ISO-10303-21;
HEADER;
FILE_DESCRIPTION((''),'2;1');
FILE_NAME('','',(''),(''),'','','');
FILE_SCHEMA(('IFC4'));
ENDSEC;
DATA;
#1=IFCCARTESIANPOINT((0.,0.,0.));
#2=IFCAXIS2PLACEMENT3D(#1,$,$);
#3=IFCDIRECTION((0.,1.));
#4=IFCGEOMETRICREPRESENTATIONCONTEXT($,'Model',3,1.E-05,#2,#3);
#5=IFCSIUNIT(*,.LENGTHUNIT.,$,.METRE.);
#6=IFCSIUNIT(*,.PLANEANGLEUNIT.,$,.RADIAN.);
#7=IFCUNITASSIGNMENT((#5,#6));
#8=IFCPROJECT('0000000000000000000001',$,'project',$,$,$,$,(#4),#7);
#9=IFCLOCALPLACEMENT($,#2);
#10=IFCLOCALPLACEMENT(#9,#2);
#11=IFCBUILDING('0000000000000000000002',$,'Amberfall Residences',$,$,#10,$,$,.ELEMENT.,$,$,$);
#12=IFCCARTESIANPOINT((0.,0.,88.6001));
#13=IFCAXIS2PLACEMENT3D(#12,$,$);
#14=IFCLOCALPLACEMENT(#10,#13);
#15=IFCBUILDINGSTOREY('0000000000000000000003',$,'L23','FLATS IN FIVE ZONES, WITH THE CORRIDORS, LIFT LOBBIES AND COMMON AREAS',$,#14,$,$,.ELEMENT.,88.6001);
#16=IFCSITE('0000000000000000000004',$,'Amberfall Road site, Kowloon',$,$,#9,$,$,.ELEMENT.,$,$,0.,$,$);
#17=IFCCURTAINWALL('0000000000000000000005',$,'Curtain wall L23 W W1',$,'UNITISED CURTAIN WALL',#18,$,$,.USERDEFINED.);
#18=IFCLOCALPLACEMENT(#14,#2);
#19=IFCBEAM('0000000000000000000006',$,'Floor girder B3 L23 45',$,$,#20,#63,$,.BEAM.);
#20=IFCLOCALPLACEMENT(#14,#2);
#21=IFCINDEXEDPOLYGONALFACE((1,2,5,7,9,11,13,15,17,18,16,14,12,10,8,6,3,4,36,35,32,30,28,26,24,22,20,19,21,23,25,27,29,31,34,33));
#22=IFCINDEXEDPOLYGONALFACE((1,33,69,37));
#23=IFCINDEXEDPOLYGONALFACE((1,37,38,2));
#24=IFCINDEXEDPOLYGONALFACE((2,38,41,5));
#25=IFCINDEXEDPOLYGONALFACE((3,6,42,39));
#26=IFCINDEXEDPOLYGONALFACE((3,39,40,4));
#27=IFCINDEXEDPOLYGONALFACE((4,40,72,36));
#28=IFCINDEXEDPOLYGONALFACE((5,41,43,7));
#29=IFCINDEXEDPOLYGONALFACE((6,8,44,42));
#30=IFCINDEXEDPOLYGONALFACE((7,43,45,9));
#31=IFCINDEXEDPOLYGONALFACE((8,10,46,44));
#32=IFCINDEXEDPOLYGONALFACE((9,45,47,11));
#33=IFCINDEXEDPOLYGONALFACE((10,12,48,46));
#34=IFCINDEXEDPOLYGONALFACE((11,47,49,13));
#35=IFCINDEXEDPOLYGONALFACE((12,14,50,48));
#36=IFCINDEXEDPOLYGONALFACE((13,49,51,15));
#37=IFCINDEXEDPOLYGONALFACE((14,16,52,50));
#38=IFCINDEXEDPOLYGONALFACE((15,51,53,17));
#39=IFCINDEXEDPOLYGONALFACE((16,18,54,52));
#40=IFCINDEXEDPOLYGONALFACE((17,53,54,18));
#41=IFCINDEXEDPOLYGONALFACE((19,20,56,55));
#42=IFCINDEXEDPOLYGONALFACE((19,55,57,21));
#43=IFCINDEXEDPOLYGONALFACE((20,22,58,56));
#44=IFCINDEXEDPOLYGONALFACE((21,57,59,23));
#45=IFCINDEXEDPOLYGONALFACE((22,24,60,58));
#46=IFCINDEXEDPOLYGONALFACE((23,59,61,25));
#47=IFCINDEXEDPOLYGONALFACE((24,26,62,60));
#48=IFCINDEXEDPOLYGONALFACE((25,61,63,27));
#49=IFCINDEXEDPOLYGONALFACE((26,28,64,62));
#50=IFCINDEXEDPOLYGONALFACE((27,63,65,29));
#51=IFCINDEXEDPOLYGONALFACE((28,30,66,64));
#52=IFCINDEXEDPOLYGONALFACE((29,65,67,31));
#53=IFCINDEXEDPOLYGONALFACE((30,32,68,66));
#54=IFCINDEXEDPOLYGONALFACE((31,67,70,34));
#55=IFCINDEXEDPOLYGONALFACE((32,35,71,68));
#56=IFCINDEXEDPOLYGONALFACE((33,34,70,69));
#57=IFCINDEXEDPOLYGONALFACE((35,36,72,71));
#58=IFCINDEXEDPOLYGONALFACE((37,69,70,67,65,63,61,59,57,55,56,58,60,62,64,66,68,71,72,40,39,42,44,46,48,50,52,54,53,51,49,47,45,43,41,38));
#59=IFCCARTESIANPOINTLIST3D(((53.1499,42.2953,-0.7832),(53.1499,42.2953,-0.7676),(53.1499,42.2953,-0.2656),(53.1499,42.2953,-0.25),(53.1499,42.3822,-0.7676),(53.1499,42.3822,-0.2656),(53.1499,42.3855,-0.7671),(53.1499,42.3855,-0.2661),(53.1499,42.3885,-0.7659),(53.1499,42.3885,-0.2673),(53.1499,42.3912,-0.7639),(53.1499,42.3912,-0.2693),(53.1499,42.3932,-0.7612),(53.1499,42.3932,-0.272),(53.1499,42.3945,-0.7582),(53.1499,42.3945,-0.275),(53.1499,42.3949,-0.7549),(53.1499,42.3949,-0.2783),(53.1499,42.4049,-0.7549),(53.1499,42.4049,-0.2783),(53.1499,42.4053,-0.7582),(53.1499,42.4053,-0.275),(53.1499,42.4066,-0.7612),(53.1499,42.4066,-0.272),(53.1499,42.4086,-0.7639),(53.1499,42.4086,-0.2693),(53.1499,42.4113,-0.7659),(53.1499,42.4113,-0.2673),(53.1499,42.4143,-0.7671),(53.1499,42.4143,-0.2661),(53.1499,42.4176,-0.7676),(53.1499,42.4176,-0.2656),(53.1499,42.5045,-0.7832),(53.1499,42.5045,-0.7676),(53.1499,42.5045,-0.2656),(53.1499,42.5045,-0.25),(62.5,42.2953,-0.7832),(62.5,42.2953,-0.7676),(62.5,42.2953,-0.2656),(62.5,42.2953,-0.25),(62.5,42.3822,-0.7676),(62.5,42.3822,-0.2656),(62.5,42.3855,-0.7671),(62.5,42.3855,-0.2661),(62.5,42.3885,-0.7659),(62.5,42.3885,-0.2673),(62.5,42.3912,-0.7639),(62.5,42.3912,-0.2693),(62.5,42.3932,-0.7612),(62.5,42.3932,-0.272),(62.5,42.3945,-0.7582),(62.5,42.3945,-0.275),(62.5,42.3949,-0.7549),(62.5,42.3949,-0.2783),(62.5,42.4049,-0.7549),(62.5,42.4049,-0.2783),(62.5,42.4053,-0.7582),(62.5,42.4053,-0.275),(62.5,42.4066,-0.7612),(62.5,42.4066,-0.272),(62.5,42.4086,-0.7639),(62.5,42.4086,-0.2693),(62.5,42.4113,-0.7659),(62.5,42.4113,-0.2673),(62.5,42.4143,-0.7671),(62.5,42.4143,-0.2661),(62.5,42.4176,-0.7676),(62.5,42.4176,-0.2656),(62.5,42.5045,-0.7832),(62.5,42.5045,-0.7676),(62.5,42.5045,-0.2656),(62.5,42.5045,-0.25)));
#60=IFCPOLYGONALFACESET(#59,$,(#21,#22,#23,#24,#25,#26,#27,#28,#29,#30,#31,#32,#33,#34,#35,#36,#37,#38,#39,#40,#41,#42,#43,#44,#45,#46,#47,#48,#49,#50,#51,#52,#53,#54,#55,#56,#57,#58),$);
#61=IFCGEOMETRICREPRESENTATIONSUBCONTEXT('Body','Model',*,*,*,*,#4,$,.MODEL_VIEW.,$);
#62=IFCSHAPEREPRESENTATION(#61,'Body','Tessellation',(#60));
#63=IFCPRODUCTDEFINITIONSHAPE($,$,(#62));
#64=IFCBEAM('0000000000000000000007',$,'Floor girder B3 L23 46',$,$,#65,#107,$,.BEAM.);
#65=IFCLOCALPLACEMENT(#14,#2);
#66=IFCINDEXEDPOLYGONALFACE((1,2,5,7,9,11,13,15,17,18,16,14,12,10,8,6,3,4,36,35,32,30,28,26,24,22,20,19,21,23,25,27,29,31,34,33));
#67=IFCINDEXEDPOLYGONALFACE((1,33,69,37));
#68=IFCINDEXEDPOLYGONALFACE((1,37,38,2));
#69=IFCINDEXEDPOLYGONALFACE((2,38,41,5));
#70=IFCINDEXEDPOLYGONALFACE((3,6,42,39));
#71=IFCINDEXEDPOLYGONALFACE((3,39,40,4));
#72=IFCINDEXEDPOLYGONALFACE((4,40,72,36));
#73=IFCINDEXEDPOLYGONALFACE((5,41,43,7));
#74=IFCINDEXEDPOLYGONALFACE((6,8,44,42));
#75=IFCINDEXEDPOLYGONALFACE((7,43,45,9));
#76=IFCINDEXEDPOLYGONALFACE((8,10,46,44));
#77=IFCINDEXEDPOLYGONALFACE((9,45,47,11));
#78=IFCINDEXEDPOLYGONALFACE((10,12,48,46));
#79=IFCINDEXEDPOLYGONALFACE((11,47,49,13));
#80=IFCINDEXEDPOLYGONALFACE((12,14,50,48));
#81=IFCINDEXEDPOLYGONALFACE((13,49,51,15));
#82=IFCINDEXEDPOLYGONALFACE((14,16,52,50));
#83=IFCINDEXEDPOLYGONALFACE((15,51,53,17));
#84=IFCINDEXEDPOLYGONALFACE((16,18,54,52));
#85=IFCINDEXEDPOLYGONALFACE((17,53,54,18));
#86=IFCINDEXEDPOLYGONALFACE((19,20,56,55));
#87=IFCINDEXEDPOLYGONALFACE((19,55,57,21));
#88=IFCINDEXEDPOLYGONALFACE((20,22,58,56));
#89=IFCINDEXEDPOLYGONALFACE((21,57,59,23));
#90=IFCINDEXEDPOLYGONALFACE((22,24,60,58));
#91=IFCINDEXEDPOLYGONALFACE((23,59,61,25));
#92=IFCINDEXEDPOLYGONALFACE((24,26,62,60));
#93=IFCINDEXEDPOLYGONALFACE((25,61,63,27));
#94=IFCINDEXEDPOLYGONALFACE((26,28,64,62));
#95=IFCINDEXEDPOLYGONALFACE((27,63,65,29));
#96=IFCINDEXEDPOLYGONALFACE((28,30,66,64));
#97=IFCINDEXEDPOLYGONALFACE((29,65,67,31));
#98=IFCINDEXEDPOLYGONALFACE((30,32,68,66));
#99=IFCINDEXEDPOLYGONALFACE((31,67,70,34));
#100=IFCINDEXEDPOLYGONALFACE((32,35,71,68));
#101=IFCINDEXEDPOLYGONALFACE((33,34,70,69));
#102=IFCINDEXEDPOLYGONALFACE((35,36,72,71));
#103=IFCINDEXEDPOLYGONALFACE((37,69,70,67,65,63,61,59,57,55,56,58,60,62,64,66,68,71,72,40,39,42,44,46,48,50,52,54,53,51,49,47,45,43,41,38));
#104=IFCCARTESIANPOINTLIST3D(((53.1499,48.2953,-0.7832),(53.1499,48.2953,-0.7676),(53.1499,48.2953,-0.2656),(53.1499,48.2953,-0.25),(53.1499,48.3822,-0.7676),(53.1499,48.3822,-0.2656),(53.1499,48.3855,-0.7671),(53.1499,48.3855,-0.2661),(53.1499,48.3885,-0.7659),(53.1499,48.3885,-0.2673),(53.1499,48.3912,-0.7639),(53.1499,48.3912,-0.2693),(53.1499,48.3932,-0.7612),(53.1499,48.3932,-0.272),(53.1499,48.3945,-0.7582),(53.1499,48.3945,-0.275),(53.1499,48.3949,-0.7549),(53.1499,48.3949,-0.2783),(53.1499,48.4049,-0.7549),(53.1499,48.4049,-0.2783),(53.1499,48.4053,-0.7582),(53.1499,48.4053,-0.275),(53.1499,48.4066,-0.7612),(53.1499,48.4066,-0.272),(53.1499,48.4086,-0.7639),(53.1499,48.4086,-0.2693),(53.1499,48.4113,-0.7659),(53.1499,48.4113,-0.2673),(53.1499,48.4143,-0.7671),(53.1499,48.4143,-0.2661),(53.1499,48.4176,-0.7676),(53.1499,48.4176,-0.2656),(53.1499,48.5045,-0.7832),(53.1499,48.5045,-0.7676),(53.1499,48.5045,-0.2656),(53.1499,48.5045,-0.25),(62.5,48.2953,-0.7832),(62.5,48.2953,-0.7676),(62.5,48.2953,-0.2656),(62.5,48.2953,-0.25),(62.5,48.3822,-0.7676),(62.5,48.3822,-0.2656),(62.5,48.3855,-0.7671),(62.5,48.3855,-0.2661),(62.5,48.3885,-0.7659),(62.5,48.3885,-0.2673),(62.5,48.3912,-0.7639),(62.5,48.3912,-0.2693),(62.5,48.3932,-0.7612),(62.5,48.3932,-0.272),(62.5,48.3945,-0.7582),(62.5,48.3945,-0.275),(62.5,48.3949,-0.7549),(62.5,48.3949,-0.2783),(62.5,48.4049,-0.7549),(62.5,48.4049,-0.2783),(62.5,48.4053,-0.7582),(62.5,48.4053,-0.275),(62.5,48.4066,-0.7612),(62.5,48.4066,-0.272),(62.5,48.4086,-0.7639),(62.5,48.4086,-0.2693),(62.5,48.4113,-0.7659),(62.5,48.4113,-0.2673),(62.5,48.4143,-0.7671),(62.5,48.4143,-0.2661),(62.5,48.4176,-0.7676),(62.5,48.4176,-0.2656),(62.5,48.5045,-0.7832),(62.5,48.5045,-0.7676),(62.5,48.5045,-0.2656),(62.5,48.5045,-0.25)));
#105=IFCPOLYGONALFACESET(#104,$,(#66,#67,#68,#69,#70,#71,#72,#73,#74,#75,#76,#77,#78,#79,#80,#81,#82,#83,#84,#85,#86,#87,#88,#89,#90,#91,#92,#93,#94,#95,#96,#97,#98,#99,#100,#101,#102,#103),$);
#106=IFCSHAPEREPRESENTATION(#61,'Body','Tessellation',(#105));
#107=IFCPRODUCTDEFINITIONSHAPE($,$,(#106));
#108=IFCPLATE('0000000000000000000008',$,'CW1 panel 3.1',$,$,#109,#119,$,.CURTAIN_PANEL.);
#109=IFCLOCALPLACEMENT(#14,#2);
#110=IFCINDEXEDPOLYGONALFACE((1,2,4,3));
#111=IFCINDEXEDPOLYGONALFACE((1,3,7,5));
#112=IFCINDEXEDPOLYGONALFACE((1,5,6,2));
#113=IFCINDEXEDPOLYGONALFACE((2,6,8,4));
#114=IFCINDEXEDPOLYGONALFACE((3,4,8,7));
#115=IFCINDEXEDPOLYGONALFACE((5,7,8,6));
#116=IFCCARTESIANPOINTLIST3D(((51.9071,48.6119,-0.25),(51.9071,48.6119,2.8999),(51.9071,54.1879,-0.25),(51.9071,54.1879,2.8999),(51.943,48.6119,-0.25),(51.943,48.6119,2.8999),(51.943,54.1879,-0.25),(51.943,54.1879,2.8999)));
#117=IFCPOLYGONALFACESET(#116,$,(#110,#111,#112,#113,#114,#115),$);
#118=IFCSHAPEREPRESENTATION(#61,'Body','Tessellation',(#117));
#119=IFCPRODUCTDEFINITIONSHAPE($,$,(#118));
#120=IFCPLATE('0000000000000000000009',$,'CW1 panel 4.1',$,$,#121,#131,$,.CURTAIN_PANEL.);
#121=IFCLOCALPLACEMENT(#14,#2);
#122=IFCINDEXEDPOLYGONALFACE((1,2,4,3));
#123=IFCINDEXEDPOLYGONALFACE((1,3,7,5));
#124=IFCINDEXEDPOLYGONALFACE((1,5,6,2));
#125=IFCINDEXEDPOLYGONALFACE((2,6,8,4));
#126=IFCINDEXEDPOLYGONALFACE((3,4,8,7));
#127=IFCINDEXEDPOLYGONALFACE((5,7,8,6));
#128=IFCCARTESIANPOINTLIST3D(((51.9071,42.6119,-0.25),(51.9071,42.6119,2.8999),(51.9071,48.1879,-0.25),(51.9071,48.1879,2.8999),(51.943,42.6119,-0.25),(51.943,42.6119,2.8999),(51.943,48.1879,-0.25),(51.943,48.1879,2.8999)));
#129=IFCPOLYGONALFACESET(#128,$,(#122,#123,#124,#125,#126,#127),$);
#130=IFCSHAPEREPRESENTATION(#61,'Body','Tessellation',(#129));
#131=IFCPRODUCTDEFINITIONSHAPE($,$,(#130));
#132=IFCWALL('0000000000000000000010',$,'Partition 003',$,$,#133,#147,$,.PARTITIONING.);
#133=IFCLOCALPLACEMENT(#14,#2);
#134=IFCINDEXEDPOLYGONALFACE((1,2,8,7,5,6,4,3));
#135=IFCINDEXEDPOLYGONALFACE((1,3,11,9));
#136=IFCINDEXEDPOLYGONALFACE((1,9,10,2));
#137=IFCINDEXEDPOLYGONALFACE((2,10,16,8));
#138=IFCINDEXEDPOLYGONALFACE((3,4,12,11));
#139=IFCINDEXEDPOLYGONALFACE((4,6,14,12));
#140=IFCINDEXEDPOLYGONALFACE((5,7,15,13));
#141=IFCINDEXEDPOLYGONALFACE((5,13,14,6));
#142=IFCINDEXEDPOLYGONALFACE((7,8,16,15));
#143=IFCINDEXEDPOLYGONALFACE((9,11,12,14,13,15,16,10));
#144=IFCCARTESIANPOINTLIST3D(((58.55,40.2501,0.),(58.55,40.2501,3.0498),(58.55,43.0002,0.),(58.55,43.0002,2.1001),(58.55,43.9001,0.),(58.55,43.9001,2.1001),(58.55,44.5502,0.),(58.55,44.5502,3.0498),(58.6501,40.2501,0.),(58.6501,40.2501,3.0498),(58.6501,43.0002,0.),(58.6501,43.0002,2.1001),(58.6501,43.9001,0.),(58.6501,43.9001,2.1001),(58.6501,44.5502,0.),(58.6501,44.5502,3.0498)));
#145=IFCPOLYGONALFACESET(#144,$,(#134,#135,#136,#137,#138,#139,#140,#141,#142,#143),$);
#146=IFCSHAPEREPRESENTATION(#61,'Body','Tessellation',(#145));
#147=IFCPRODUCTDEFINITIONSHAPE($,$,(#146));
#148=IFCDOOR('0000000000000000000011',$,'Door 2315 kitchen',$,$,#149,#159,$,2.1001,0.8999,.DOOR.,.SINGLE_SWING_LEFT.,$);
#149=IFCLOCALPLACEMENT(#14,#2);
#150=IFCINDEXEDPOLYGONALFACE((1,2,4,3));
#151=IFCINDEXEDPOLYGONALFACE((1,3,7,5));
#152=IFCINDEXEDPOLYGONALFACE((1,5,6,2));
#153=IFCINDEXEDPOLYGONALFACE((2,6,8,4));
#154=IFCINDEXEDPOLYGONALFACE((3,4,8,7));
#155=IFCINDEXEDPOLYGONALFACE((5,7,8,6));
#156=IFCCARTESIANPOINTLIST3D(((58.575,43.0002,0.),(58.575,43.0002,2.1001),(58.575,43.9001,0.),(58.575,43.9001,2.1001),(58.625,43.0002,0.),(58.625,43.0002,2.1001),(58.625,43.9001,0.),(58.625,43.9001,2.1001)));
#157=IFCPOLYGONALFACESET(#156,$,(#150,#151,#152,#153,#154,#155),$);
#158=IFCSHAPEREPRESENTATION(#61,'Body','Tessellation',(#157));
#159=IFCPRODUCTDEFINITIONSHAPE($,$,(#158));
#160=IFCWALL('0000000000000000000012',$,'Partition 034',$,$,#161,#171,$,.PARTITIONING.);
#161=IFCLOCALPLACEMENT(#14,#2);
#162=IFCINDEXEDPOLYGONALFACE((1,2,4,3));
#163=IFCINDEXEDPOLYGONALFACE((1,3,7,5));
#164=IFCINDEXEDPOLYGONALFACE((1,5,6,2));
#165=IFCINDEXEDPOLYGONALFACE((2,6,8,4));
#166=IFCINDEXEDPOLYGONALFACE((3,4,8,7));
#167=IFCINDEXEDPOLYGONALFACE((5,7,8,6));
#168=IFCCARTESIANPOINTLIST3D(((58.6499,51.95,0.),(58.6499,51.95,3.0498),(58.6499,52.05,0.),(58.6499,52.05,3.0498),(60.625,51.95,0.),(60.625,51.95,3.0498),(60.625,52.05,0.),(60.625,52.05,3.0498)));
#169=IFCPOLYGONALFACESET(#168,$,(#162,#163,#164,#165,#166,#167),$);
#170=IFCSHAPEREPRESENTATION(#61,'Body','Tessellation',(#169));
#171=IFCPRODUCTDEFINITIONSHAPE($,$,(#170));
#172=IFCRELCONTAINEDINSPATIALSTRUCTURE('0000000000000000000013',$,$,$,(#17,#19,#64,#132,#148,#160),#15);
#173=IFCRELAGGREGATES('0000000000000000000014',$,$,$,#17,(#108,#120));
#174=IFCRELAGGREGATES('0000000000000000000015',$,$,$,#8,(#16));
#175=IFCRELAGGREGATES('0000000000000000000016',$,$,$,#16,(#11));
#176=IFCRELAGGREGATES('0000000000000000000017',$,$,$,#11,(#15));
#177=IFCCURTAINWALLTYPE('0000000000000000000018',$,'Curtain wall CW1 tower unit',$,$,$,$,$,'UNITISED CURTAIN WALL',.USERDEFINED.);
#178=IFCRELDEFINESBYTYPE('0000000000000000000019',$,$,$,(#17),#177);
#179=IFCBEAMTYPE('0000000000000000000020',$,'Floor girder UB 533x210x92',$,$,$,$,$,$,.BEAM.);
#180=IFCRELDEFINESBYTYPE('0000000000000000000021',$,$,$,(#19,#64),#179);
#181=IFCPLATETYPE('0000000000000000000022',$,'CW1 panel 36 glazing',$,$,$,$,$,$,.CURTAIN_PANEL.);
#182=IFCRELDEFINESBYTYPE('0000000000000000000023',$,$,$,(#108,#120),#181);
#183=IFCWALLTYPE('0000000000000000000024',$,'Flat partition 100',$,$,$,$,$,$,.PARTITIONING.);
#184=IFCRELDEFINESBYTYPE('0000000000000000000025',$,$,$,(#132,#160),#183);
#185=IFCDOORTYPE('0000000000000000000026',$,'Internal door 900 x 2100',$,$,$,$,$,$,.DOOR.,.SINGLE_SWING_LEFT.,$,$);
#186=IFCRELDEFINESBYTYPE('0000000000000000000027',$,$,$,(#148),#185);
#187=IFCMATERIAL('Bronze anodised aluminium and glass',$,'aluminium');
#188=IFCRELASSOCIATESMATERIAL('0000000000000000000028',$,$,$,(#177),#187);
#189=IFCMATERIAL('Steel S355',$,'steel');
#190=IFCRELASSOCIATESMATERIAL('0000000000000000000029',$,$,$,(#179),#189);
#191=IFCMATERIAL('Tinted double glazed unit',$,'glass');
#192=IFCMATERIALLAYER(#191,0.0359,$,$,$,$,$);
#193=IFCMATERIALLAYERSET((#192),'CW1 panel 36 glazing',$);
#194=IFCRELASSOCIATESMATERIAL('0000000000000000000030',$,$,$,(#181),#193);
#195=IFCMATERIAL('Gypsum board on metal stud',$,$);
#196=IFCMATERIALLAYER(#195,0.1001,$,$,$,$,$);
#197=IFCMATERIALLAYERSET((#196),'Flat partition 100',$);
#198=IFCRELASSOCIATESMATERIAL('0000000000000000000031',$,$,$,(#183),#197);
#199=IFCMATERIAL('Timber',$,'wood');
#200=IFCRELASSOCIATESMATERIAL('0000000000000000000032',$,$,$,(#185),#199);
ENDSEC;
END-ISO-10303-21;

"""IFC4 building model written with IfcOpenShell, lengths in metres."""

from ifc_helpers import new_model, si_unit, direction, frame, frame_2d, origin, origin_2d, place, context, subcontext, project, spatial, rectangle, i_section, extrude, material, layer, layer_set, material_profile, profile_set, type_object, element, fill, aggregate, save


model = new_model("IFC4")

# Units and contexts
model_context = context("Model", 3, precision=1e-05, world=origin(), true_north=direction((0.0, 1.0)))
body_context = subcontext(model_context, "Body", "Model", "MODEL_VIEW")
ifc_project = project(units=[si_unit("LENGTHUNIT", "METRE"), si_unit("PLANEANGLEUNIT", "RADIAN")], contexts=[model_context])

# Site, building, storey
site_placement = place(None, origin())
site = spatial("IfcSite", under=ifc_project, at=site_placement, Name="Amberfall Road site, Kowloon", CompositionType="ELEMENT", RefElevation=0.0)
building_placement = place(site_placement, origin())
building = spatial("IfcBuilding", under=site, at=building_placement, Name="Amberfall Residences", CompositionType="ELEMENT")
storey_placement = place(building_placement, frame((0.0, 0.0, 88.6001)))
storey = spatial("IfcBuildingStorey", under=building, at=storey_placement, Name="L23", Description="FLATS IN FIVE ZONES, WITH THE CORRIDORS, LIFT LOBBIES AND COMMON AREAS", CompositionType="ELEMENT", Elevation=88.6001)

# Curtain wall
ifc_material_1 = material(Name="Bronze anodised aluminium and glass", Category="aluminium")
curtain_wall_type = type_object("IfcCurtainWallType", Name="Curtain wall CW1 tower unit", ElementType="UNITISED CURTAIN WALL", PredefinedType="USERDEFINED", material=ifc_material_1)
curtain_wall_placement = place(storey_placement, origin())
curtain_wall = element("IfcCurtainWall", 1, at=curtain_wall_placement, inside=storey, type_object=curtain_wall_type, Name="Curtain wall L23 W W1", ObjectType="UNITISED CURTAIN WALL", PredefinedType="USERDEFINED")

# Shared definitions
ifc_material_2 = material(Name="Steel S355", Category="steel")

# Beams
ifc_material_profile_1 = material_profile(ifc_material_2, i_section(OverallWidth=0.2092, OverallDepth=0.5332, WebThickness=0.01, FlangeThickness=0.0156, FilletRadius=0.0127, at=origin_2d()), Name="UB 533x210x92")
ifc_profile_set_1 = profile_set([ifc_material_profile_1], Name="Steel S355")
beam_type_1 = type_object("IfcBeamType", Name="Floor girder UB 533x210x92", PredefinedType="BEAM", material=ifc_profile_set_1)
for number, where, z_axis, x_axis, name in (
    (2, (53.1499, 42.3999, -0.5166), (1.0, 0.0, 0.0), (0.0, 1.0, 0.0), "Floor girder B3 L23 45"),
    (3, (53.1499, 48.3999, -0.5166), (1.0, 0.0, 0.0), (0.0, 1.0, 0.0), "Floor girder B3 L23 46"),
):
    element("IfcBeam", number, at=place(storey_placement, frame(where, z_axis=z_axis, x_axis=x_axis)), inside=storey, type_object=beam_type_1, Name=name, PredefinedType="BEAM", context=body_context, shape_type="SweptSolid", body=[
        extrude(i_section(OverallWidth=0.2092, OverallDepth=0.5332, WebThickness=0.01, FlangeThickness=0.0156, FilletRadius=0.0127, at=origin_2d()), origin(), (0.0, 0.0, 1.0), 9.3501),
    ])

# Plates
ifc_material_3 = material(Name="Tinted double glazed unit", Category="glass")
ifc_layer_1 = layer(ifc_material_3, 0.0359)
ifc_layer_set_1 = layer_set([ifc_layer_1], Name="CW1 panel 36 glazing")
plate_type = type_object("IfcPlateType", Name="CW1 panel 36 glazing", PredefinedType="CURTAIN_PANEL", material=ifc_layer_set_1)
plate_1_placement = place(storey_placement, frame((51.925, 51.3999, -0.25), z_axis=(0.0, 0.0, 1.0), x_axis=(0.0, -1.0, 0.0)))
plate_1 = element("IfcPlate", 4, at=plate_1_placement, type_object=plate_type, Name="CW1 panel 3.1", PredefinedType="CURTAIN_PANEL", context=body_context, shape_type="SweptSolid", body=[
    extrude(rectangle(XDim=5.5759, YDim=0.0359, at=origin_2d()), origin(), (0.0, 0.0, 1.0), 3.1499),
])
plate_2_placement = place(storey_placement, frame((51.925, 45.3999, -0.25), z_axis=(0.0, 0.0, 1.0), x_axis=(0.0, -1.0, 0.0)))
plate_2 = element("IfcPlate", 5, at=plate_2_placement, type_object=plate_type, Name="CW1 panel 4.1", PredefinedType="CURTAIN_PANEL", context=body_context, shape_type="SweptSolid", body=[
    extrude(rectangle(XDim=5.5759, YDim=0.0359, at=origin_2d()), origin(), (0.0, 0.0, 1.0), 3.1499),
])
aggregate(curtain_wall, [plate_1, plate_2])

# Wall, opening, door
ifc_material_4 = material(Name="Gypsum board on metal stud")
ifc_layer_2 = layer(ifc_material_4, 0.1001)
ifc_layer_set_2 = layer_set([ifc_layer_2], Name="Flat partition 100")
wall_type_1 = type_object("IfcWallType", Name="Flat partition 100", PredefinedType="PARTITIONING", material=ifc_layer_set_2)
wall_1_placement = place(storey_placement, frame((58.6001, 44.55, 0.0), z_axis=(0.0, 0.0, 1.0), x_axis=(0.0, -1.0, 0.0)))
wall_1 = element("IfcWall", 6, at=wall_1_placement, inside=storey, type_object=wall_type_1, Name="Partition 003", PredefinedType="PARTITIONING", context=body_context, shape_type="SweptSolid", body=[
    extrude(rectangle(XDim=4.3, YDim=0.1001, at=frame_2d((2.1499, 0.0))), origin(), (0.0, 0.0, 1.0), 3.0498),
])
opening_1_placement = place(wall_1_placement, frame((0.6499, 0.0, 0.0)))
opening_1 = element("IfcOpeningElement", 7, at=opening_1_placement, cuts=wall_1, PredefinedType="OPENING", context=body_context, shape_type="SweptSolid", body=[
    extrude(rectangle(XDim=0.8999, YDim=2.1001, at=frame_2d((0.45, 1.05))), frame((0.0, 0.0601, 0.0), z_axis=(0.0, -1.0, 0.0), x_axis=(1.0, 0.0, 0.0)), (0.0, 0.0, 1.0), 0.1201),
])
ifc_material_5 = material(Name="Timber", Category="wood")
door_type_1 = type_object("IfcDoorType", Name="Internal door 900 x 2100", OperationType="SINGLE_SWING_LEFT", PredefinedType="DOOR", material=ifc_material_5)
door_1_placement = place(opening_1_placement, origin())
door_1 = element("IfcDoor", 8, at=door_1_placement, inside=storey, type_object=door_type_1, Name="Door 2315 kitchen", OperationType="SINGLE_SWING_LEFT", OverallHeight=2.1001, OverallWidth=0.8999, PredefinedType="DOOR", context=body_context, shape_type="SweptSolid", body=[
    extrude(rectangle(XDim=0.8999, YDim=2.1001, at=frame_2d((0.45, 1.05))), frame((0.0, 0.0249, 0.0), z_axis=(0.0, -1.0, 0.0), x_axis=(1.0, 0.0, 0.0)), (0.0, 0.0, 1.0), 0.05),
])
fill(opening_1, door_1)

# Wall
wall_2_placement = place(storey_placement, frame((58.6499, 52.0, 0.0), z_axis=(0.0, 0.0, 1.0), x_axis=(1.0, 0.0, 0.0)))
element("IfcWall", 9, at=wall_2_placement, inside=storey, type_object=wall_type_1, Name="Partition 034", PredefinedType="PARTITIONING", context=body_context, shape_type="SweptSolid", body=[
    extrude(rectangle(XDim=1.9751, YDim=0.1001, at=frame_2d((0.9875, 0.0))), origin(), (0.0, 0.0, 1.0), 3.0498),
])

save(model, "model.ifc")
